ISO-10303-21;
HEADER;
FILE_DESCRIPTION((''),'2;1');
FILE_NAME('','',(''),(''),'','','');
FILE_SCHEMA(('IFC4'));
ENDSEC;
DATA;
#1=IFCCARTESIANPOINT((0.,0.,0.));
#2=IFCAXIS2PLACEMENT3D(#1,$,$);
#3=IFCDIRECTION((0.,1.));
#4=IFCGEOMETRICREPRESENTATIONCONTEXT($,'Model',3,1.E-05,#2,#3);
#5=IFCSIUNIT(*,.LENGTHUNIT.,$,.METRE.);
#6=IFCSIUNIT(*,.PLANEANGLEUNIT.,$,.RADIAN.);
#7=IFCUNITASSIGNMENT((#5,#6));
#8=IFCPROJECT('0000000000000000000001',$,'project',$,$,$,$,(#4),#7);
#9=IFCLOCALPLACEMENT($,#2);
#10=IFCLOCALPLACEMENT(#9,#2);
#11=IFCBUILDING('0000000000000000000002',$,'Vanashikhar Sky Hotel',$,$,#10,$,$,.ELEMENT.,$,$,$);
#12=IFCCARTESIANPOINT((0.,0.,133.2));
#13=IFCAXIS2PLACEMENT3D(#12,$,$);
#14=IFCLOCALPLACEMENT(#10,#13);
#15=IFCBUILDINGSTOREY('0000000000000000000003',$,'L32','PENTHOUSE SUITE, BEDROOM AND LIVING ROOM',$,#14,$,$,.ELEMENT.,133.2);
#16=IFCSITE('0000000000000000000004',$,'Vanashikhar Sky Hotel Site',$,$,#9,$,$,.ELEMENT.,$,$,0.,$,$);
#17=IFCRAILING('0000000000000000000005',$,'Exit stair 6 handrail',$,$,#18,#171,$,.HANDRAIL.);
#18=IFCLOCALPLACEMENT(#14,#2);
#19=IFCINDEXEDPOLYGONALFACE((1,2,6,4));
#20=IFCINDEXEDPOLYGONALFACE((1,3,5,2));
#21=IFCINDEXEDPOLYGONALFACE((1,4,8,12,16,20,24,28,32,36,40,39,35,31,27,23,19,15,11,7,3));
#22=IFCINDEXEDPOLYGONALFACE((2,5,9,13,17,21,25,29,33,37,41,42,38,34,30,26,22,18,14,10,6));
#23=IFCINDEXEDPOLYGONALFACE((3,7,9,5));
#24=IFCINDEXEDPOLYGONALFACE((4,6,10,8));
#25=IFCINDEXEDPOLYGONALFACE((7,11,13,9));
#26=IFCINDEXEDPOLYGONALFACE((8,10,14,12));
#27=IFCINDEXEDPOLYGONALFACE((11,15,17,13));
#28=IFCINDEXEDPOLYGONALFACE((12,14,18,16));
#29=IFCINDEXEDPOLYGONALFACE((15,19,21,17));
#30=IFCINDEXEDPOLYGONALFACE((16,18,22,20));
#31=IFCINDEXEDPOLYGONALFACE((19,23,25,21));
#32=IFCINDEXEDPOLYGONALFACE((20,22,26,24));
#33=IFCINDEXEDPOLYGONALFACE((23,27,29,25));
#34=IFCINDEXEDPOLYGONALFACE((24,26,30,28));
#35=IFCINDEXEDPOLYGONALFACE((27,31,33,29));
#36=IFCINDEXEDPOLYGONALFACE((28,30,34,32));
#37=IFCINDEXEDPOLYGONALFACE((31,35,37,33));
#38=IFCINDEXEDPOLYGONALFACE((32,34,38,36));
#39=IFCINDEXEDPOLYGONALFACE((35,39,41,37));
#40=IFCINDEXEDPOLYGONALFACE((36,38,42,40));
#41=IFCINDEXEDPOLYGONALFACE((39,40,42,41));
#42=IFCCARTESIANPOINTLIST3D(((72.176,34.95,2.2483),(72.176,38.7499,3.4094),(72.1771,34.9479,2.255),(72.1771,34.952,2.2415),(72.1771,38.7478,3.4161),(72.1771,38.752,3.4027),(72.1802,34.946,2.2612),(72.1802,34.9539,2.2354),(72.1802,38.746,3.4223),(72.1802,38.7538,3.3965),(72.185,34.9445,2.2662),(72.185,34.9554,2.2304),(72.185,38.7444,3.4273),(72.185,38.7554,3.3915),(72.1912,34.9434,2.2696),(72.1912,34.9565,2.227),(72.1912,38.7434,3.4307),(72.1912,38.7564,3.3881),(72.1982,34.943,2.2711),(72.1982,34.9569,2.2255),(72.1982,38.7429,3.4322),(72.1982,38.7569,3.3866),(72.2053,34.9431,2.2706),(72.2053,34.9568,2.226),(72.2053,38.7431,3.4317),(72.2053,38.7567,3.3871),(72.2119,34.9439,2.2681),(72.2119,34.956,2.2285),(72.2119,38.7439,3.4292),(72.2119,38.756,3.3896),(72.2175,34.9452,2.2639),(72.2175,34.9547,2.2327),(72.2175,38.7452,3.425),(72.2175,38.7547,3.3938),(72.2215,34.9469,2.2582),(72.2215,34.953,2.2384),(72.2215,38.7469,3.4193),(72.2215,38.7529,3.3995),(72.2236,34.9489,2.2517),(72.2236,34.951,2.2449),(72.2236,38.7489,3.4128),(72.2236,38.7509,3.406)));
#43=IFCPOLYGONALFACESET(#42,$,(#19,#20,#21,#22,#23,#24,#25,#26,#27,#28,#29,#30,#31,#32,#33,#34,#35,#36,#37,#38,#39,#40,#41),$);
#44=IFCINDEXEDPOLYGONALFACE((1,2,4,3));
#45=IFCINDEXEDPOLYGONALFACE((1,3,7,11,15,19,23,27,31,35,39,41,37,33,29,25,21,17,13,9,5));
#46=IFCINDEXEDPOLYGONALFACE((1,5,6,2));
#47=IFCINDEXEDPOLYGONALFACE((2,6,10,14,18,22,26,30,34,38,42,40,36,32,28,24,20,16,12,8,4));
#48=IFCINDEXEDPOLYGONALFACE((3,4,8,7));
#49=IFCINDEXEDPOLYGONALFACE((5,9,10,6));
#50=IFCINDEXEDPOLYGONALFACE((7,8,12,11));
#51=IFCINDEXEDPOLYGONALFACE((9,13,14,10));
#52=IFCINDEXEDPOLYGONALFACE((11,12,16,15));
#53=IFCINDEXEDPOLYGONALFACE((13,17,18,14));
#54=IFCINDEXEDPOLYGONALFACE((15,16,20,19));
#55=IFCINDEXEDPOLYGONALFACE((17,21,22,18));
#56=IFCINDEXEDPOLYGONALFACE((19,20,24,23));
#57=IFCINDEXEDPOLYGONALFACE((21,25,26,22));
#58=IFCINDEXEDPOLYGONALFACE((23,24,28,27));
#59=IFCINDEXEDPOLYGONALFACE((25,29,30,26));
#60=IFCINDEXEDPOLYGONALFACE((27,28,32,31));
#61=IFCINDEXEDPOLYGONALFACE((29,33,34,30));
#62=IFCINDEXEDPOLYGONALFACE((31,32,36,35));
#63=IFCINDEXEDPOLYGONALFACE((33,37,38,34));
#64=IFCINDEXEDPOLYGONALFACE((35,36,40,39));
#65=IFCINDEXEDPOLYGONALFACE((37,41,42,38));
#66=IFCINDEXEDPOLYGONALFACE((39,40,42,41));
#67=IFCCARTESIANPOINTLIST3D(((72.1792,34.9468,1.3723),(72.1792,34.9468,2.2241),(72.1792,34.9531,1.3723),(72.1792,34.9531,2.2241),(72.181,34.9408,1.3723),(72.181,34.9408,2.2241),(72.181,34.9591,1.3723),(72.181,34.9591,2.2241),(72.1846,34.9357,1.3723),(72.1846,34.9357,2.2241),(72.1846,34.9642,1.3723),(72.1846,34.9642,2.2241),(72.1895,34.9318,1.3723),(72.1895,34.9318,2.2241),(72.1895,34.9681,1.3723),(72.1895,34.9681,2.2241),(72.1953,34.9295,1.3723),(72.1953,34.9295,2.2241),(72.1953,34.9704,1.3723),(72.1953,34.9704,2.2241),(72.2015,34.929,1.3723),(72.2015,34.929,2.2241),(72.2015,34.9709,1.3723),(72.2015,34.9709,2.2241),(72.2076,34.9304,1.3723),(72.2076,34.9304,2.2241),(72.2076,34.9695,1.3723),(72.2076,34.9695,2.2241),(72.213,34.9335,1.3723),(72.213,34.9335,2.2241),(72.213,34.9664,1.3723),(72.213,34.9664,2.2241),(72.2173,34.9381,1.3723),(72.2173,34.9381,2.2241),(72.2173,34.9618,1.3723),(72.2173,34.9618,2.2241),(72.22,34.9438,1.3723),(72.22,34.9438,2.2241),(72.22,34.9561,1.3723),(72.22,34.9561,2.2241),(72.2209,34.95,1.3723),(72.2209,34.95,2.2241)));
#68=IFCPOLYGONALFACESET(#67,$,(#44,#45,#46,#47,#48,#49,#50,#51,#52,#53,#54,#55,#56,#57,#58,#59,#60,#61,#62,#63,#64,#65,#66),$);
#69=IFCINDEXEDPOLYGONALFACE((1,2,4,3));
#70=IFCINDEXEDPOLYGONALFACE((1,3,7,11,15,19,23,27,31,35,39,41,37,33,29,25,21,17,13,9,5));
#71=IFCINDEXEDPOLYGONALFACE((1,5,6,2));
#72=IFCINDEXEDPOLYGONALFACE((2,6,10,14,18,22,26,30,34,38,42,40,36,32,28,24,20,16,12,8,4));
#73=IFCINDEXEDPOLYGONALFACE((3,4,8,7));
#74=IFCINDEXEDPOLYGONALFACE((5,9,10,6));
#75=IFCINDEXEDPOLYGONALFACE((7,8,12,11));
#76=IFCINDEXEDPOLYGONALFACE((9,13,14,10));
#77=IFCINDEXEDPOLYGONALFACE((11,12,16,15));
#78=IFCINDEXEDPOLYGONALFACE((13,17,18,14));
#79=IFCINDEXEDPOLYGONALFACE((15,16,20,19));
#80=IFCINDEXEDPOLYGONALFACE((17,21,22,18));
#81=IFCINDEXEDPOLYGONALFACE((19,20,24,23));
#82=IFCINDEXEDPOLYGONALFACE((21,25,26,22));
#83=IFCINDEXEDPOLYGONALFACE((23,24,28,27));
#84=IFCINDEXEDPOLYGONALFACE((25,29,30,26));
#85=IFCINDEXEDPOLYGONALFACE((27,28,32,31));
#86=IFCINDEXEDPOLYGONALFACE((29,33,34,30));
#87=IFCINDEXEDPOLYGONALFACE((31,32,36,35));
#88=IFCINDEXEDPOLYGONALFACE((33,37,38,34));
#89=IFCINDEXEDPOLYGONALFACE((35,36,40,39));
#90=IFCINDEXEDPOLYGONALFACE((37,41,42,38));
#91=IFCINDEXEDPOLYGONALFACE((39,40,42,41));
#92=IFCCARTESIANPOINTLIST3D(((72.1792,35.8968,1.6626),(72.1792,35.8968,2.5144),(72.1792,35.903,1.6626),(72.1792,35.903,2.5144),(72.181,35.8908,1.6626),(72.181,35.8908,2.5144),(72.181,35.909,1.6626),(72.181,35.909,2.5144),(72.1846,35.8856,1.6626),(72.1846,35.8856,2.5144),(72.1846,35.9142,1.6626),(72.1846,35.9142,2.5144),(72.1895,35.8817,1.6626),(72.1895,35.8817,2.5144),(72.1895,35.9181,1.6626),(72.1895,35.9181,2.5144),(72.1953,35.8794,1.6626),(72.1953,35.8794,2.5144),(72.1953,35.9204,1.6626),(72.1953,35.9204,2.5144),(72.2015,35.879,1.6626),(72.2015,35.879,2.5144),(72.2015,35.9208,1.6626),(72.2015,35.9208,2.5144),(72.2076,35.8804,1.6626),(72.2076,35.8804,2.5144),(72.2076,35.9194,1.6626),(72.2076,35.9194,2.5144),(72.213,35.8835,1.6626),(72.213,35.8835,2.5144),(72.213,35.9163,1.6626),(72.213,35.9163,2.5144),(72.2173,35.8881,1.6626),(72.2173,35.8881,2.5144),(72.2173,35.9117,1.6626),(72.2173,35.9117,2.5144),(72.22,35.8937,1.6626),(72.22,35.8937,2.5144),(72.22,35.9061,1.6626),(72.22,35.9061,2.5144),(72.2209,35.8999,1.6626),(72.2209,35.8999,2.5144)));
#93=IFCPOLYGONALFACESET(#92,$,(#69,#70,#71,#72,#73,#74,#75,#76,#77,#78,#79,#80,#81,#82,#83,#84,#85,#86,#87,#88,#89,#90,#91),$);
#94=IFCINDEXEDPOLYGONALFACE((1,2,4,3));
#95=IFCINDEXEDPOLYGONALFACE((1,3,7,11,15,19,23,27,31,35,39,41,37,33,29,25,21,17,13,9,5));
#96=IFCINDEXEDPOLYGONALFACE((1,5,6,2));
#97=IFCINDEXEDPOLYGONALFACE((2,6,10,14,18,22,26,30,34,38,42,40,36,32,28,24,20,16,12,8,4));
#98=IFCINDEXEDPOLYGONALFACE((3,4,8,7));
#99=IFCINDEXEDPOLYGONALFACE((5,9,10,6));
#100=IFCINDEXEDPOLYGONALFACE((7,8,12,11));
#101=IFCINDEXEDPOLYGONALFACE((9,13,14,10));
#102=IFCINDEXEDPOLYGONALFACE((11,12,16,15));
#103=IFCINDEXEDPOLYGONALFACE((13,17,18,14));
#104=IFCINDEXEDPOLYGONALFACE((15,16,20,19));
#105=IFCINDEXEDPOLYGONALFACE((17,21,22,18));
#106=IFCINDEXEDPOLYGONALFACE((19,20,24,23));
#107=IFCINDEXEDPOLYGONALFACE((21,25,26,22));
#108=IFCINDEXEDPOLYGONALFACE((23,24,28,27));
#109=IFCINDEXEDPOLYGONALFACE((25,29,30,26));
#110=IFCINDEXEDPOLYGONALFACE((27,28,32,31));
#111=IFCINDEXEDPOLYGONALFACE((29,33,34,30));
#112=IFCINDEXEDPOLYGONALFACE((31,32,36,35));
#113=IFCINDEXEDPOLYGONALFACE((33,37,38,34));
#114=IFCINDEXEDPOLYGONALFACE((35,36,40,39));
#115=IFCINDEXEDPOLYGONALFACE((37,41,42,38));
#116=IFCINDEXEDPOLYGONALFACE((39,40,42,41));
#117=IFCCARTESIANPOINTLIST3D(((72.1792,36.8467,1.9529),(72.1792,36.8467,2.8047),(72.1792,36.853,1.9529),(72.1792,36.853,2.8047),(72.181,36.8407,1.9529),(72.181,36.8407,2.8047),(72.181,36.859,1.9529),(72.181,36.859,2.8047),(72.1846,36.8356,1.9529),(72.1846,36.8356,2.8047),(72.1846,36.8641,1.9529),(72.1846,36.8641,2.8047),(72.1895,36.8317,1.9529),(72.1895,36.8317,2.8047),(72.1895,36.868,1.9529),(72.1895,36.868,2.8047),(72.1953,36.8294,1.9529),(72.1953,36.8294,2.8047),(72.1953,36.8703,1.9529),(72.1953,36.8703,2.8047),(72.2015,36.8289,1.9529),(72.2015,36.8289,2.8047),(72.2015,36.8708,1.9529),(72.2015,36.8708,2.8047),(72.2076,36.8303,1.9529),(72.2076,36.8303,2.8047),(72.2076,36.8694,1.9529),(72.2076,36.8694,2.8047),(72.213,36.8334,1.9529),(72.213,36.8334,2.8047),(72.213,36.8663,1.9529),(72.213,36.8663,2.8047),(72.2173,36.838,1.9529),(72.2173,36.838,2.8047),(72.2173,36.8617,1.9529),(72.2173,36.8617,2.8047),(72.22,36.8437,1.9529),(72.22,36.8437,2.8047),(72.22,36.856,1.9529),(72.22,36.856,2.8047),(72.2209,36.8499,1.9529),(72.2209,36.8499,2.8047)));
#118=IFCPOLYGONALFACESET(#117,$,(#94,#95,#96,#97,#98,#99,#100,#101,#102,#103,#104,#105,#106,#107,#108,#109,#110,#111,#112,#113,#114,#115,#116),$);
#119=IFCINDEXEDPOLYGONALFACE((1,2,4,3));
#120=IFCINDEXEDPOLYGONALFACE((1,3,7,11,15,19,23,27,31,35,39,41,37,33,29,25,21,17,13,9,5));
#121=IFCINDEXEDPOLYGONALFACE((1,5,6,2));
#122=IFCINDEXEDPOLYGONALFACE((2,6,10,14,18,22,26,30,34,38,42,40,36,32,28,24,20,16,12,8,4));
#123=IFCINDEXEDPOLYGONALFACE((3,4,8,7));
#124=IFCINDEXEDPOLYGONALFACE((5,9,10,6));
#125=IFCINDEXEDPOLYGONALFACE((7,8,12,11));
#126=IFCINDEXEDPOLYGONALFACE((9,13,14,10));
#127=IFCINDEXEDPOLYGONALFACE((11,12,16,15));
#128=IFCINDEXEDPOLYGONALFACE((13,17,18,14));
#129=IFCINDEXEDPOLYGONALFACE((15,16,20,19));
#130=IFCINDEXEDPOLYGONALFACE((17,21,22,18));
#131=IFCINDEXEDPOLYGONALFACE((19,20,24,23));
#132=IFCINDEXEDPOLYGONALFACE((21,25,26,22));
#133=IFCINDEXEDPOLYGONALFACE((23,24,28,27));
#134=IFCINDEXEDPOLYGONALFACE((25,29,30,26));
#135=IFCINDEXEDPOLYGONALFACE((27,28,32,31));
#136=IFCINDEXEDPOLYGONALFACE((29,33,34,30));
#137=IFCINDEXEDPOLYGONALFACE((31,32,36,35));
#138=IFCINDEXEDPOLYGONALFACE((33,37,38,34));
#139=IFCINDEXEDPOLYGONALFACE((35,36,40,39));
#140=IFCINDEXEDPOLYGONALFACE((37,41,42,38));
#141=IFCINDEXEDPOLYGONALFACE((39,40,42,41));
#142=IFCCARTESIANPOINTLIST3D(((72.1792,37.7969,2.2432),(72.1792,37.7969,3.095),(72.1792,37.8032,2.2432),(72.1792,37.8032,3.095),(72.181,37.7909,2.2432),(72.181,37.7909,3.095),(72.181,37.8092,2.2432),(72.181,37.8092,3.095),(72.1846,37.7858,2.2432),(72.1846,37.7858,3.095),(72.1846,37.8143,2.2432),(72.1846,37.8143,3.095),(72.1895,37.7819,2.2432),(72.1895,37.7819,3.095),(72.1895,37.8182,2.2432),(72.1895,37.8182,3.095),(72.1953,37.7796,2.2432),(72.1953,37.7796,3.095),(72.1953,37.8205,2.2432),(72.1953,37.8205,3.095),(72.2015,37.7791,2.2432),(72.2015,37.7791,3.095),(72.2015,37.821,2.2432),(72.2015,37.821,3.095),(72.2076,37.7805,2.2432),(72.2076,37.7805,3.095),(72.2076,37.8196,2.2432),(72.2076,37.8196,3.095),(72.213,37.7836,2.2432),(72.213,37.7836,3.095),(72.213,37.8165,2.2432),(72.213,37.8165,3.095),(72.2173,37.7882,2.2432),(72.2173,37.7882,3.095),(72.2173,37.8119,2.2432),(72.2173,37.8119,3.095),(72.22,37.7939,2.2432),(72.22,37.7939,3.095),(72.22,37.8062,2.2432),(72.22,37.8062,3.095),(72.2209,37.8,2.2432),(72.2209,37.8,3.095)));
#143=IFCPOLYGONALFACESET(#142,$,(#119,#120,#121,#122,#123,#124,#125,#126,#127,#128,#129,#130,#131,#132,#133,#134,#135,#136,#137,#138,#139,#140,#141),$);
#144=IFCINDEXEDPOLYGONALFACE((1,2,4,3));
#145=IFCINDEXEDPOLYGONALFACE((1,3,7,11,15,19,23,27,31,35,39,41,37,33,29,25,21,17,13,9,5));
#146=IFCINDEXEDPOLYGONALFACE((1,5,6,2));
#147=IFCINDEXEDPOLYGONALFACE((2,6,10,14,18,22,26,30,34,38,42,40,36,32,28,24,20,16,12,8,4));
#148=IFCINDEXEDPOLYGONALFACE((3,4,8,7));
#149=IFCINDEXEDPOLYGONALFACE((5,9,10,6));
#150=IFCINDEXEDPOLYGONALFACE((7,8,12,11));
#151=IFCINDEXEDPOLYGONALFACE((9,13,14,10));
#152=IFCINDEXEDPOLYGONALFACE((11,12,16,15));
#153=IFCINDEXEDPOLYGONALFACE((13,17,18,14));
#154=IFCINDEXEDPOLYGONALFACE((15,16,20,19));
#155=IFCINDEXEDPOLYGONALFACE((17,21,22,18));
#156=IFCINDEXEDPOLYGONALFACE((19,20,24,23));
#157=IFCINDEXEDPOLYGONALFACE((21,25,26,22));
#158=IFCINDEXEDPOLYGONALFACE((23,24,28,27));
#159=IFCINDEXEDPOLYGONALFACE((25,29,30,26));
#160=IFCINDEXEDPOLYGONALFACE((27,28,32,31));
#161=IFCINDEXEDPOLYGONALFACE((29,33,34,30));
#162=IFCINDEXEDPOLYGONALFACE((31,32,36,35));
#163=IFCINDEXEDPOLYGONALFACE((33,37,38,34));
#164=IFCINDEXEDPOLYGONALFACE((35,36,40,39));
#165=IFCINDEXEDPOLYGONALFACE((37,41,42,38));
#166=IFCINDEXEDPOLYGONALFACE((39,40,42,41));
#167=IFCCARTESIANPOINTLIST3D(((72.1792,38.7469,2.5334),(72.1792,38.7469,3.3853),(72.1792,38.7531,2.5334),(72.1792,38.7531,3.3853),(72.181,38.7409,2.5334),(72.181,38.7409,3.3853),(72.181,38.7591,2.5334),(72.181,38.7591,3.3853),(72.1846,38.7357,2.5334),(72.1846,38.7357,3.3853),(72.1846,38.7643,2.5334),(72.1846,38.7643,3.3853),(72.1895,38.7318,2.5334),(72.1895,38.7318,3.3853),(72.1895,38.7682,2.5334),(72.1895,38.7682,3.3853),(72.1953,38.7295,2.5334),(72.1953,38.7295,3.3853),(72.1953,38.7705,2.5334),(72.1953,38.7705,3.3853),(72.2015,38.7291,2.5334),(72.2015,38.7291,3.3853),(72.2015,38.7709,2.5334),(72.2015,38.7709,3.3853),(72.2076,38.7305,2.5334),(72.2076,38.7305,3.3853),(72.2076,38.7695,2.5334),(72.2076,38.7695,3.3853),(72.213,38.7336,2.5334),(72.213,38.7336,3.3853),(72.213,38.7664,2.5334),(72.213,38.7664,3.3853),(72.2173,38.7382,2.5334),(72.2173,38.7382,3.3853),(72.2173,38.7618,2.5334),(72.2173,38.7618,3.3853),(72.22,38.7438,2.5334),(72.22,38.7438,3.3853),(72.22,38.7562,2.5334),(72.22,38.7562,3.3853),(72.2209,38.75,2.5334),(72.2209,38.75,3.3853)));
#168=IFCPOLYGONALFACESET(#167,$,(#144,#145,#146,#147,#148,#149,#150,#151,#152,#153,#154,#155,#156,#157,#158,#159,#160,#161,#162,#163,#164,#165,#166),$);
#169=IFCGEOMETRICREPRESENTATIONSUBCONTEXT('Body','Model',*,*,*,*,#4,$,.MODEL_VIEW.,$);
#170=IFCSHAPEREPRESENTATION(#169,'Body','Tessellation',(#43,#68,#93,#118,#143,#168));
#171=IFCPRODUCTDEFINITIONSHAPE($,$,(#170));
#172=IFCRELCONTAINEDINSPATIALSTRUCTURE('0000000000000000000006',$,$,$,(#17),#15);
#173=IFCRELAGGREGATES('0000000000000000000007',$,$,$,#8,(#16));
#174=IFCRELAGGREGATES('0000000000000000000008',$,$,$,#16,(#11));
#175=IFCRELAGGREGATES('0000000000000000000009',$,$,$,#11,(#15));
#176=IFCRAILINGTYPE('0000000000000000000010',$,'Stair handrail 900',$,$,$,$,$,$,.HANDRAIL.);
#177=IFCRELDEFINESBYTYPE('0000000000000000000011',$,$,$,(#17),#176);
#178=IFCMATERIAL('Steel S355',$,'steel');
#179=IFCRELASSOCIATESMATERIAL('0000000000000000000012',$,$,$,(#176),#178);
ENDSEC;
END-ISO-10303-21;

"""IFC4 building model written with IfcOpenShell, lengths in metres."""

from ifc_helpers import new_model, si_unit, direction, frame, origin, origin_2d, place, context, subcontext, project, spatial, circle, extrude, source, transform, mapped, material, type_object, element, save


model = new_model("IFC4")

# Units and contexts
model_context = context("Model", 3, precision=1e-05, world=origin(), true_north=direction((0.0, 1.0)))
body_context = subcontext(model_context, "Body", "Model", "MODEL_VIEW")
ifc_project = project(units=[si_unit("LENGTHUNIT", "METRE"), si_unit("PLANEANGLEUNIT", "RADIAN")], contexts=[model_context])

# Site, building, storey
site_placement = place(None, origin())
site = spatial("IfcSite", under=ifc_project, at=site_placement, Name="Vanashikhar Sky Hotel Site", CompositionType="ELEMENT", RefElevation=0.0)
building_placement = place(site_placement, origin())
building = spatial("IfcBuilding", under=site, at=building_placement, Name="Vanashikhar Sky Hotel", CompositionType="ELEMENT")
storey_placement = place(building_placement, frame((0.0, 0.0, 133.2)))
storey = spatial("IfcBuildingStorey", under=building, at=storey_placement, Name="L32", Description="PENTHOUSE SUITE, BEDROOM AND LIVING ROOM", CompositionType="ELEMENT", Elevation=133.2)

# Railing
ifc_material_1 = material(Name="Steel S355", Category="steel")
railing_type_1 = type_object("IfcRailingType", Name="Stair handrail 900", PredefinedType="HANDRAIL", material=ifc_material_1)
shared_shape_1 = source(origin(), body_context, "Body", "SweptSolid", [
    extrude(circle(Radius=0.0239, at=origin_2d()), frame((0.0, 0.0, 0.876), z_axis=(0.0, 0.956351, 0.29222), x_axis=(-1.0, 0.0, 0.0)), (0.0, 0.0, 1.0), 3.9734),
    extrude(circle(Radius=0.021, at=origin_2d()), origin(), (0.0, 0.0, 1.0), 0.8518),
    extrude(circle(Radius=0.021, at=origin_2d()), frame((0.0, 0.95, 0.2903)), (0.0, 0.0, 1.0), 0.8518),
    extrude(circle(Radius=0.021, at=origin_2d()), frame((0.0, 1.8999, 0.5806)), (0.0, 0.0, 1.0), 0.8518),
    extrude(circle(Radius=0.021, at=origin_2d()), frame((0.0, 2.8501, 0.8708)), (0.0, 0.0, 1.0), 0.8518),
    extrude(circle(Radius=0.021, at=origin_2d()), frame((0.0, 3.8, 1.1611)), (0.0, 0.0, 1.0), 0.8518),
])
for number, where, name in (
    (1, (72.2, 34.95, 1.3723), "Exit stair 6 handrail"),
):
    element("IfcRailing", number, at=place(storey_placement, frame(where)), inside=storey, type_object=railing_type_1, Name=name, PredefinedType="HANDRAIL", context=body_context, shape_type="MappedRepresentation", body=[
        mapped(shared_shape_1, transform((0.0, 0.0, 0.0), scale=1.0)),
    ])

save(model, "model.ifc")
